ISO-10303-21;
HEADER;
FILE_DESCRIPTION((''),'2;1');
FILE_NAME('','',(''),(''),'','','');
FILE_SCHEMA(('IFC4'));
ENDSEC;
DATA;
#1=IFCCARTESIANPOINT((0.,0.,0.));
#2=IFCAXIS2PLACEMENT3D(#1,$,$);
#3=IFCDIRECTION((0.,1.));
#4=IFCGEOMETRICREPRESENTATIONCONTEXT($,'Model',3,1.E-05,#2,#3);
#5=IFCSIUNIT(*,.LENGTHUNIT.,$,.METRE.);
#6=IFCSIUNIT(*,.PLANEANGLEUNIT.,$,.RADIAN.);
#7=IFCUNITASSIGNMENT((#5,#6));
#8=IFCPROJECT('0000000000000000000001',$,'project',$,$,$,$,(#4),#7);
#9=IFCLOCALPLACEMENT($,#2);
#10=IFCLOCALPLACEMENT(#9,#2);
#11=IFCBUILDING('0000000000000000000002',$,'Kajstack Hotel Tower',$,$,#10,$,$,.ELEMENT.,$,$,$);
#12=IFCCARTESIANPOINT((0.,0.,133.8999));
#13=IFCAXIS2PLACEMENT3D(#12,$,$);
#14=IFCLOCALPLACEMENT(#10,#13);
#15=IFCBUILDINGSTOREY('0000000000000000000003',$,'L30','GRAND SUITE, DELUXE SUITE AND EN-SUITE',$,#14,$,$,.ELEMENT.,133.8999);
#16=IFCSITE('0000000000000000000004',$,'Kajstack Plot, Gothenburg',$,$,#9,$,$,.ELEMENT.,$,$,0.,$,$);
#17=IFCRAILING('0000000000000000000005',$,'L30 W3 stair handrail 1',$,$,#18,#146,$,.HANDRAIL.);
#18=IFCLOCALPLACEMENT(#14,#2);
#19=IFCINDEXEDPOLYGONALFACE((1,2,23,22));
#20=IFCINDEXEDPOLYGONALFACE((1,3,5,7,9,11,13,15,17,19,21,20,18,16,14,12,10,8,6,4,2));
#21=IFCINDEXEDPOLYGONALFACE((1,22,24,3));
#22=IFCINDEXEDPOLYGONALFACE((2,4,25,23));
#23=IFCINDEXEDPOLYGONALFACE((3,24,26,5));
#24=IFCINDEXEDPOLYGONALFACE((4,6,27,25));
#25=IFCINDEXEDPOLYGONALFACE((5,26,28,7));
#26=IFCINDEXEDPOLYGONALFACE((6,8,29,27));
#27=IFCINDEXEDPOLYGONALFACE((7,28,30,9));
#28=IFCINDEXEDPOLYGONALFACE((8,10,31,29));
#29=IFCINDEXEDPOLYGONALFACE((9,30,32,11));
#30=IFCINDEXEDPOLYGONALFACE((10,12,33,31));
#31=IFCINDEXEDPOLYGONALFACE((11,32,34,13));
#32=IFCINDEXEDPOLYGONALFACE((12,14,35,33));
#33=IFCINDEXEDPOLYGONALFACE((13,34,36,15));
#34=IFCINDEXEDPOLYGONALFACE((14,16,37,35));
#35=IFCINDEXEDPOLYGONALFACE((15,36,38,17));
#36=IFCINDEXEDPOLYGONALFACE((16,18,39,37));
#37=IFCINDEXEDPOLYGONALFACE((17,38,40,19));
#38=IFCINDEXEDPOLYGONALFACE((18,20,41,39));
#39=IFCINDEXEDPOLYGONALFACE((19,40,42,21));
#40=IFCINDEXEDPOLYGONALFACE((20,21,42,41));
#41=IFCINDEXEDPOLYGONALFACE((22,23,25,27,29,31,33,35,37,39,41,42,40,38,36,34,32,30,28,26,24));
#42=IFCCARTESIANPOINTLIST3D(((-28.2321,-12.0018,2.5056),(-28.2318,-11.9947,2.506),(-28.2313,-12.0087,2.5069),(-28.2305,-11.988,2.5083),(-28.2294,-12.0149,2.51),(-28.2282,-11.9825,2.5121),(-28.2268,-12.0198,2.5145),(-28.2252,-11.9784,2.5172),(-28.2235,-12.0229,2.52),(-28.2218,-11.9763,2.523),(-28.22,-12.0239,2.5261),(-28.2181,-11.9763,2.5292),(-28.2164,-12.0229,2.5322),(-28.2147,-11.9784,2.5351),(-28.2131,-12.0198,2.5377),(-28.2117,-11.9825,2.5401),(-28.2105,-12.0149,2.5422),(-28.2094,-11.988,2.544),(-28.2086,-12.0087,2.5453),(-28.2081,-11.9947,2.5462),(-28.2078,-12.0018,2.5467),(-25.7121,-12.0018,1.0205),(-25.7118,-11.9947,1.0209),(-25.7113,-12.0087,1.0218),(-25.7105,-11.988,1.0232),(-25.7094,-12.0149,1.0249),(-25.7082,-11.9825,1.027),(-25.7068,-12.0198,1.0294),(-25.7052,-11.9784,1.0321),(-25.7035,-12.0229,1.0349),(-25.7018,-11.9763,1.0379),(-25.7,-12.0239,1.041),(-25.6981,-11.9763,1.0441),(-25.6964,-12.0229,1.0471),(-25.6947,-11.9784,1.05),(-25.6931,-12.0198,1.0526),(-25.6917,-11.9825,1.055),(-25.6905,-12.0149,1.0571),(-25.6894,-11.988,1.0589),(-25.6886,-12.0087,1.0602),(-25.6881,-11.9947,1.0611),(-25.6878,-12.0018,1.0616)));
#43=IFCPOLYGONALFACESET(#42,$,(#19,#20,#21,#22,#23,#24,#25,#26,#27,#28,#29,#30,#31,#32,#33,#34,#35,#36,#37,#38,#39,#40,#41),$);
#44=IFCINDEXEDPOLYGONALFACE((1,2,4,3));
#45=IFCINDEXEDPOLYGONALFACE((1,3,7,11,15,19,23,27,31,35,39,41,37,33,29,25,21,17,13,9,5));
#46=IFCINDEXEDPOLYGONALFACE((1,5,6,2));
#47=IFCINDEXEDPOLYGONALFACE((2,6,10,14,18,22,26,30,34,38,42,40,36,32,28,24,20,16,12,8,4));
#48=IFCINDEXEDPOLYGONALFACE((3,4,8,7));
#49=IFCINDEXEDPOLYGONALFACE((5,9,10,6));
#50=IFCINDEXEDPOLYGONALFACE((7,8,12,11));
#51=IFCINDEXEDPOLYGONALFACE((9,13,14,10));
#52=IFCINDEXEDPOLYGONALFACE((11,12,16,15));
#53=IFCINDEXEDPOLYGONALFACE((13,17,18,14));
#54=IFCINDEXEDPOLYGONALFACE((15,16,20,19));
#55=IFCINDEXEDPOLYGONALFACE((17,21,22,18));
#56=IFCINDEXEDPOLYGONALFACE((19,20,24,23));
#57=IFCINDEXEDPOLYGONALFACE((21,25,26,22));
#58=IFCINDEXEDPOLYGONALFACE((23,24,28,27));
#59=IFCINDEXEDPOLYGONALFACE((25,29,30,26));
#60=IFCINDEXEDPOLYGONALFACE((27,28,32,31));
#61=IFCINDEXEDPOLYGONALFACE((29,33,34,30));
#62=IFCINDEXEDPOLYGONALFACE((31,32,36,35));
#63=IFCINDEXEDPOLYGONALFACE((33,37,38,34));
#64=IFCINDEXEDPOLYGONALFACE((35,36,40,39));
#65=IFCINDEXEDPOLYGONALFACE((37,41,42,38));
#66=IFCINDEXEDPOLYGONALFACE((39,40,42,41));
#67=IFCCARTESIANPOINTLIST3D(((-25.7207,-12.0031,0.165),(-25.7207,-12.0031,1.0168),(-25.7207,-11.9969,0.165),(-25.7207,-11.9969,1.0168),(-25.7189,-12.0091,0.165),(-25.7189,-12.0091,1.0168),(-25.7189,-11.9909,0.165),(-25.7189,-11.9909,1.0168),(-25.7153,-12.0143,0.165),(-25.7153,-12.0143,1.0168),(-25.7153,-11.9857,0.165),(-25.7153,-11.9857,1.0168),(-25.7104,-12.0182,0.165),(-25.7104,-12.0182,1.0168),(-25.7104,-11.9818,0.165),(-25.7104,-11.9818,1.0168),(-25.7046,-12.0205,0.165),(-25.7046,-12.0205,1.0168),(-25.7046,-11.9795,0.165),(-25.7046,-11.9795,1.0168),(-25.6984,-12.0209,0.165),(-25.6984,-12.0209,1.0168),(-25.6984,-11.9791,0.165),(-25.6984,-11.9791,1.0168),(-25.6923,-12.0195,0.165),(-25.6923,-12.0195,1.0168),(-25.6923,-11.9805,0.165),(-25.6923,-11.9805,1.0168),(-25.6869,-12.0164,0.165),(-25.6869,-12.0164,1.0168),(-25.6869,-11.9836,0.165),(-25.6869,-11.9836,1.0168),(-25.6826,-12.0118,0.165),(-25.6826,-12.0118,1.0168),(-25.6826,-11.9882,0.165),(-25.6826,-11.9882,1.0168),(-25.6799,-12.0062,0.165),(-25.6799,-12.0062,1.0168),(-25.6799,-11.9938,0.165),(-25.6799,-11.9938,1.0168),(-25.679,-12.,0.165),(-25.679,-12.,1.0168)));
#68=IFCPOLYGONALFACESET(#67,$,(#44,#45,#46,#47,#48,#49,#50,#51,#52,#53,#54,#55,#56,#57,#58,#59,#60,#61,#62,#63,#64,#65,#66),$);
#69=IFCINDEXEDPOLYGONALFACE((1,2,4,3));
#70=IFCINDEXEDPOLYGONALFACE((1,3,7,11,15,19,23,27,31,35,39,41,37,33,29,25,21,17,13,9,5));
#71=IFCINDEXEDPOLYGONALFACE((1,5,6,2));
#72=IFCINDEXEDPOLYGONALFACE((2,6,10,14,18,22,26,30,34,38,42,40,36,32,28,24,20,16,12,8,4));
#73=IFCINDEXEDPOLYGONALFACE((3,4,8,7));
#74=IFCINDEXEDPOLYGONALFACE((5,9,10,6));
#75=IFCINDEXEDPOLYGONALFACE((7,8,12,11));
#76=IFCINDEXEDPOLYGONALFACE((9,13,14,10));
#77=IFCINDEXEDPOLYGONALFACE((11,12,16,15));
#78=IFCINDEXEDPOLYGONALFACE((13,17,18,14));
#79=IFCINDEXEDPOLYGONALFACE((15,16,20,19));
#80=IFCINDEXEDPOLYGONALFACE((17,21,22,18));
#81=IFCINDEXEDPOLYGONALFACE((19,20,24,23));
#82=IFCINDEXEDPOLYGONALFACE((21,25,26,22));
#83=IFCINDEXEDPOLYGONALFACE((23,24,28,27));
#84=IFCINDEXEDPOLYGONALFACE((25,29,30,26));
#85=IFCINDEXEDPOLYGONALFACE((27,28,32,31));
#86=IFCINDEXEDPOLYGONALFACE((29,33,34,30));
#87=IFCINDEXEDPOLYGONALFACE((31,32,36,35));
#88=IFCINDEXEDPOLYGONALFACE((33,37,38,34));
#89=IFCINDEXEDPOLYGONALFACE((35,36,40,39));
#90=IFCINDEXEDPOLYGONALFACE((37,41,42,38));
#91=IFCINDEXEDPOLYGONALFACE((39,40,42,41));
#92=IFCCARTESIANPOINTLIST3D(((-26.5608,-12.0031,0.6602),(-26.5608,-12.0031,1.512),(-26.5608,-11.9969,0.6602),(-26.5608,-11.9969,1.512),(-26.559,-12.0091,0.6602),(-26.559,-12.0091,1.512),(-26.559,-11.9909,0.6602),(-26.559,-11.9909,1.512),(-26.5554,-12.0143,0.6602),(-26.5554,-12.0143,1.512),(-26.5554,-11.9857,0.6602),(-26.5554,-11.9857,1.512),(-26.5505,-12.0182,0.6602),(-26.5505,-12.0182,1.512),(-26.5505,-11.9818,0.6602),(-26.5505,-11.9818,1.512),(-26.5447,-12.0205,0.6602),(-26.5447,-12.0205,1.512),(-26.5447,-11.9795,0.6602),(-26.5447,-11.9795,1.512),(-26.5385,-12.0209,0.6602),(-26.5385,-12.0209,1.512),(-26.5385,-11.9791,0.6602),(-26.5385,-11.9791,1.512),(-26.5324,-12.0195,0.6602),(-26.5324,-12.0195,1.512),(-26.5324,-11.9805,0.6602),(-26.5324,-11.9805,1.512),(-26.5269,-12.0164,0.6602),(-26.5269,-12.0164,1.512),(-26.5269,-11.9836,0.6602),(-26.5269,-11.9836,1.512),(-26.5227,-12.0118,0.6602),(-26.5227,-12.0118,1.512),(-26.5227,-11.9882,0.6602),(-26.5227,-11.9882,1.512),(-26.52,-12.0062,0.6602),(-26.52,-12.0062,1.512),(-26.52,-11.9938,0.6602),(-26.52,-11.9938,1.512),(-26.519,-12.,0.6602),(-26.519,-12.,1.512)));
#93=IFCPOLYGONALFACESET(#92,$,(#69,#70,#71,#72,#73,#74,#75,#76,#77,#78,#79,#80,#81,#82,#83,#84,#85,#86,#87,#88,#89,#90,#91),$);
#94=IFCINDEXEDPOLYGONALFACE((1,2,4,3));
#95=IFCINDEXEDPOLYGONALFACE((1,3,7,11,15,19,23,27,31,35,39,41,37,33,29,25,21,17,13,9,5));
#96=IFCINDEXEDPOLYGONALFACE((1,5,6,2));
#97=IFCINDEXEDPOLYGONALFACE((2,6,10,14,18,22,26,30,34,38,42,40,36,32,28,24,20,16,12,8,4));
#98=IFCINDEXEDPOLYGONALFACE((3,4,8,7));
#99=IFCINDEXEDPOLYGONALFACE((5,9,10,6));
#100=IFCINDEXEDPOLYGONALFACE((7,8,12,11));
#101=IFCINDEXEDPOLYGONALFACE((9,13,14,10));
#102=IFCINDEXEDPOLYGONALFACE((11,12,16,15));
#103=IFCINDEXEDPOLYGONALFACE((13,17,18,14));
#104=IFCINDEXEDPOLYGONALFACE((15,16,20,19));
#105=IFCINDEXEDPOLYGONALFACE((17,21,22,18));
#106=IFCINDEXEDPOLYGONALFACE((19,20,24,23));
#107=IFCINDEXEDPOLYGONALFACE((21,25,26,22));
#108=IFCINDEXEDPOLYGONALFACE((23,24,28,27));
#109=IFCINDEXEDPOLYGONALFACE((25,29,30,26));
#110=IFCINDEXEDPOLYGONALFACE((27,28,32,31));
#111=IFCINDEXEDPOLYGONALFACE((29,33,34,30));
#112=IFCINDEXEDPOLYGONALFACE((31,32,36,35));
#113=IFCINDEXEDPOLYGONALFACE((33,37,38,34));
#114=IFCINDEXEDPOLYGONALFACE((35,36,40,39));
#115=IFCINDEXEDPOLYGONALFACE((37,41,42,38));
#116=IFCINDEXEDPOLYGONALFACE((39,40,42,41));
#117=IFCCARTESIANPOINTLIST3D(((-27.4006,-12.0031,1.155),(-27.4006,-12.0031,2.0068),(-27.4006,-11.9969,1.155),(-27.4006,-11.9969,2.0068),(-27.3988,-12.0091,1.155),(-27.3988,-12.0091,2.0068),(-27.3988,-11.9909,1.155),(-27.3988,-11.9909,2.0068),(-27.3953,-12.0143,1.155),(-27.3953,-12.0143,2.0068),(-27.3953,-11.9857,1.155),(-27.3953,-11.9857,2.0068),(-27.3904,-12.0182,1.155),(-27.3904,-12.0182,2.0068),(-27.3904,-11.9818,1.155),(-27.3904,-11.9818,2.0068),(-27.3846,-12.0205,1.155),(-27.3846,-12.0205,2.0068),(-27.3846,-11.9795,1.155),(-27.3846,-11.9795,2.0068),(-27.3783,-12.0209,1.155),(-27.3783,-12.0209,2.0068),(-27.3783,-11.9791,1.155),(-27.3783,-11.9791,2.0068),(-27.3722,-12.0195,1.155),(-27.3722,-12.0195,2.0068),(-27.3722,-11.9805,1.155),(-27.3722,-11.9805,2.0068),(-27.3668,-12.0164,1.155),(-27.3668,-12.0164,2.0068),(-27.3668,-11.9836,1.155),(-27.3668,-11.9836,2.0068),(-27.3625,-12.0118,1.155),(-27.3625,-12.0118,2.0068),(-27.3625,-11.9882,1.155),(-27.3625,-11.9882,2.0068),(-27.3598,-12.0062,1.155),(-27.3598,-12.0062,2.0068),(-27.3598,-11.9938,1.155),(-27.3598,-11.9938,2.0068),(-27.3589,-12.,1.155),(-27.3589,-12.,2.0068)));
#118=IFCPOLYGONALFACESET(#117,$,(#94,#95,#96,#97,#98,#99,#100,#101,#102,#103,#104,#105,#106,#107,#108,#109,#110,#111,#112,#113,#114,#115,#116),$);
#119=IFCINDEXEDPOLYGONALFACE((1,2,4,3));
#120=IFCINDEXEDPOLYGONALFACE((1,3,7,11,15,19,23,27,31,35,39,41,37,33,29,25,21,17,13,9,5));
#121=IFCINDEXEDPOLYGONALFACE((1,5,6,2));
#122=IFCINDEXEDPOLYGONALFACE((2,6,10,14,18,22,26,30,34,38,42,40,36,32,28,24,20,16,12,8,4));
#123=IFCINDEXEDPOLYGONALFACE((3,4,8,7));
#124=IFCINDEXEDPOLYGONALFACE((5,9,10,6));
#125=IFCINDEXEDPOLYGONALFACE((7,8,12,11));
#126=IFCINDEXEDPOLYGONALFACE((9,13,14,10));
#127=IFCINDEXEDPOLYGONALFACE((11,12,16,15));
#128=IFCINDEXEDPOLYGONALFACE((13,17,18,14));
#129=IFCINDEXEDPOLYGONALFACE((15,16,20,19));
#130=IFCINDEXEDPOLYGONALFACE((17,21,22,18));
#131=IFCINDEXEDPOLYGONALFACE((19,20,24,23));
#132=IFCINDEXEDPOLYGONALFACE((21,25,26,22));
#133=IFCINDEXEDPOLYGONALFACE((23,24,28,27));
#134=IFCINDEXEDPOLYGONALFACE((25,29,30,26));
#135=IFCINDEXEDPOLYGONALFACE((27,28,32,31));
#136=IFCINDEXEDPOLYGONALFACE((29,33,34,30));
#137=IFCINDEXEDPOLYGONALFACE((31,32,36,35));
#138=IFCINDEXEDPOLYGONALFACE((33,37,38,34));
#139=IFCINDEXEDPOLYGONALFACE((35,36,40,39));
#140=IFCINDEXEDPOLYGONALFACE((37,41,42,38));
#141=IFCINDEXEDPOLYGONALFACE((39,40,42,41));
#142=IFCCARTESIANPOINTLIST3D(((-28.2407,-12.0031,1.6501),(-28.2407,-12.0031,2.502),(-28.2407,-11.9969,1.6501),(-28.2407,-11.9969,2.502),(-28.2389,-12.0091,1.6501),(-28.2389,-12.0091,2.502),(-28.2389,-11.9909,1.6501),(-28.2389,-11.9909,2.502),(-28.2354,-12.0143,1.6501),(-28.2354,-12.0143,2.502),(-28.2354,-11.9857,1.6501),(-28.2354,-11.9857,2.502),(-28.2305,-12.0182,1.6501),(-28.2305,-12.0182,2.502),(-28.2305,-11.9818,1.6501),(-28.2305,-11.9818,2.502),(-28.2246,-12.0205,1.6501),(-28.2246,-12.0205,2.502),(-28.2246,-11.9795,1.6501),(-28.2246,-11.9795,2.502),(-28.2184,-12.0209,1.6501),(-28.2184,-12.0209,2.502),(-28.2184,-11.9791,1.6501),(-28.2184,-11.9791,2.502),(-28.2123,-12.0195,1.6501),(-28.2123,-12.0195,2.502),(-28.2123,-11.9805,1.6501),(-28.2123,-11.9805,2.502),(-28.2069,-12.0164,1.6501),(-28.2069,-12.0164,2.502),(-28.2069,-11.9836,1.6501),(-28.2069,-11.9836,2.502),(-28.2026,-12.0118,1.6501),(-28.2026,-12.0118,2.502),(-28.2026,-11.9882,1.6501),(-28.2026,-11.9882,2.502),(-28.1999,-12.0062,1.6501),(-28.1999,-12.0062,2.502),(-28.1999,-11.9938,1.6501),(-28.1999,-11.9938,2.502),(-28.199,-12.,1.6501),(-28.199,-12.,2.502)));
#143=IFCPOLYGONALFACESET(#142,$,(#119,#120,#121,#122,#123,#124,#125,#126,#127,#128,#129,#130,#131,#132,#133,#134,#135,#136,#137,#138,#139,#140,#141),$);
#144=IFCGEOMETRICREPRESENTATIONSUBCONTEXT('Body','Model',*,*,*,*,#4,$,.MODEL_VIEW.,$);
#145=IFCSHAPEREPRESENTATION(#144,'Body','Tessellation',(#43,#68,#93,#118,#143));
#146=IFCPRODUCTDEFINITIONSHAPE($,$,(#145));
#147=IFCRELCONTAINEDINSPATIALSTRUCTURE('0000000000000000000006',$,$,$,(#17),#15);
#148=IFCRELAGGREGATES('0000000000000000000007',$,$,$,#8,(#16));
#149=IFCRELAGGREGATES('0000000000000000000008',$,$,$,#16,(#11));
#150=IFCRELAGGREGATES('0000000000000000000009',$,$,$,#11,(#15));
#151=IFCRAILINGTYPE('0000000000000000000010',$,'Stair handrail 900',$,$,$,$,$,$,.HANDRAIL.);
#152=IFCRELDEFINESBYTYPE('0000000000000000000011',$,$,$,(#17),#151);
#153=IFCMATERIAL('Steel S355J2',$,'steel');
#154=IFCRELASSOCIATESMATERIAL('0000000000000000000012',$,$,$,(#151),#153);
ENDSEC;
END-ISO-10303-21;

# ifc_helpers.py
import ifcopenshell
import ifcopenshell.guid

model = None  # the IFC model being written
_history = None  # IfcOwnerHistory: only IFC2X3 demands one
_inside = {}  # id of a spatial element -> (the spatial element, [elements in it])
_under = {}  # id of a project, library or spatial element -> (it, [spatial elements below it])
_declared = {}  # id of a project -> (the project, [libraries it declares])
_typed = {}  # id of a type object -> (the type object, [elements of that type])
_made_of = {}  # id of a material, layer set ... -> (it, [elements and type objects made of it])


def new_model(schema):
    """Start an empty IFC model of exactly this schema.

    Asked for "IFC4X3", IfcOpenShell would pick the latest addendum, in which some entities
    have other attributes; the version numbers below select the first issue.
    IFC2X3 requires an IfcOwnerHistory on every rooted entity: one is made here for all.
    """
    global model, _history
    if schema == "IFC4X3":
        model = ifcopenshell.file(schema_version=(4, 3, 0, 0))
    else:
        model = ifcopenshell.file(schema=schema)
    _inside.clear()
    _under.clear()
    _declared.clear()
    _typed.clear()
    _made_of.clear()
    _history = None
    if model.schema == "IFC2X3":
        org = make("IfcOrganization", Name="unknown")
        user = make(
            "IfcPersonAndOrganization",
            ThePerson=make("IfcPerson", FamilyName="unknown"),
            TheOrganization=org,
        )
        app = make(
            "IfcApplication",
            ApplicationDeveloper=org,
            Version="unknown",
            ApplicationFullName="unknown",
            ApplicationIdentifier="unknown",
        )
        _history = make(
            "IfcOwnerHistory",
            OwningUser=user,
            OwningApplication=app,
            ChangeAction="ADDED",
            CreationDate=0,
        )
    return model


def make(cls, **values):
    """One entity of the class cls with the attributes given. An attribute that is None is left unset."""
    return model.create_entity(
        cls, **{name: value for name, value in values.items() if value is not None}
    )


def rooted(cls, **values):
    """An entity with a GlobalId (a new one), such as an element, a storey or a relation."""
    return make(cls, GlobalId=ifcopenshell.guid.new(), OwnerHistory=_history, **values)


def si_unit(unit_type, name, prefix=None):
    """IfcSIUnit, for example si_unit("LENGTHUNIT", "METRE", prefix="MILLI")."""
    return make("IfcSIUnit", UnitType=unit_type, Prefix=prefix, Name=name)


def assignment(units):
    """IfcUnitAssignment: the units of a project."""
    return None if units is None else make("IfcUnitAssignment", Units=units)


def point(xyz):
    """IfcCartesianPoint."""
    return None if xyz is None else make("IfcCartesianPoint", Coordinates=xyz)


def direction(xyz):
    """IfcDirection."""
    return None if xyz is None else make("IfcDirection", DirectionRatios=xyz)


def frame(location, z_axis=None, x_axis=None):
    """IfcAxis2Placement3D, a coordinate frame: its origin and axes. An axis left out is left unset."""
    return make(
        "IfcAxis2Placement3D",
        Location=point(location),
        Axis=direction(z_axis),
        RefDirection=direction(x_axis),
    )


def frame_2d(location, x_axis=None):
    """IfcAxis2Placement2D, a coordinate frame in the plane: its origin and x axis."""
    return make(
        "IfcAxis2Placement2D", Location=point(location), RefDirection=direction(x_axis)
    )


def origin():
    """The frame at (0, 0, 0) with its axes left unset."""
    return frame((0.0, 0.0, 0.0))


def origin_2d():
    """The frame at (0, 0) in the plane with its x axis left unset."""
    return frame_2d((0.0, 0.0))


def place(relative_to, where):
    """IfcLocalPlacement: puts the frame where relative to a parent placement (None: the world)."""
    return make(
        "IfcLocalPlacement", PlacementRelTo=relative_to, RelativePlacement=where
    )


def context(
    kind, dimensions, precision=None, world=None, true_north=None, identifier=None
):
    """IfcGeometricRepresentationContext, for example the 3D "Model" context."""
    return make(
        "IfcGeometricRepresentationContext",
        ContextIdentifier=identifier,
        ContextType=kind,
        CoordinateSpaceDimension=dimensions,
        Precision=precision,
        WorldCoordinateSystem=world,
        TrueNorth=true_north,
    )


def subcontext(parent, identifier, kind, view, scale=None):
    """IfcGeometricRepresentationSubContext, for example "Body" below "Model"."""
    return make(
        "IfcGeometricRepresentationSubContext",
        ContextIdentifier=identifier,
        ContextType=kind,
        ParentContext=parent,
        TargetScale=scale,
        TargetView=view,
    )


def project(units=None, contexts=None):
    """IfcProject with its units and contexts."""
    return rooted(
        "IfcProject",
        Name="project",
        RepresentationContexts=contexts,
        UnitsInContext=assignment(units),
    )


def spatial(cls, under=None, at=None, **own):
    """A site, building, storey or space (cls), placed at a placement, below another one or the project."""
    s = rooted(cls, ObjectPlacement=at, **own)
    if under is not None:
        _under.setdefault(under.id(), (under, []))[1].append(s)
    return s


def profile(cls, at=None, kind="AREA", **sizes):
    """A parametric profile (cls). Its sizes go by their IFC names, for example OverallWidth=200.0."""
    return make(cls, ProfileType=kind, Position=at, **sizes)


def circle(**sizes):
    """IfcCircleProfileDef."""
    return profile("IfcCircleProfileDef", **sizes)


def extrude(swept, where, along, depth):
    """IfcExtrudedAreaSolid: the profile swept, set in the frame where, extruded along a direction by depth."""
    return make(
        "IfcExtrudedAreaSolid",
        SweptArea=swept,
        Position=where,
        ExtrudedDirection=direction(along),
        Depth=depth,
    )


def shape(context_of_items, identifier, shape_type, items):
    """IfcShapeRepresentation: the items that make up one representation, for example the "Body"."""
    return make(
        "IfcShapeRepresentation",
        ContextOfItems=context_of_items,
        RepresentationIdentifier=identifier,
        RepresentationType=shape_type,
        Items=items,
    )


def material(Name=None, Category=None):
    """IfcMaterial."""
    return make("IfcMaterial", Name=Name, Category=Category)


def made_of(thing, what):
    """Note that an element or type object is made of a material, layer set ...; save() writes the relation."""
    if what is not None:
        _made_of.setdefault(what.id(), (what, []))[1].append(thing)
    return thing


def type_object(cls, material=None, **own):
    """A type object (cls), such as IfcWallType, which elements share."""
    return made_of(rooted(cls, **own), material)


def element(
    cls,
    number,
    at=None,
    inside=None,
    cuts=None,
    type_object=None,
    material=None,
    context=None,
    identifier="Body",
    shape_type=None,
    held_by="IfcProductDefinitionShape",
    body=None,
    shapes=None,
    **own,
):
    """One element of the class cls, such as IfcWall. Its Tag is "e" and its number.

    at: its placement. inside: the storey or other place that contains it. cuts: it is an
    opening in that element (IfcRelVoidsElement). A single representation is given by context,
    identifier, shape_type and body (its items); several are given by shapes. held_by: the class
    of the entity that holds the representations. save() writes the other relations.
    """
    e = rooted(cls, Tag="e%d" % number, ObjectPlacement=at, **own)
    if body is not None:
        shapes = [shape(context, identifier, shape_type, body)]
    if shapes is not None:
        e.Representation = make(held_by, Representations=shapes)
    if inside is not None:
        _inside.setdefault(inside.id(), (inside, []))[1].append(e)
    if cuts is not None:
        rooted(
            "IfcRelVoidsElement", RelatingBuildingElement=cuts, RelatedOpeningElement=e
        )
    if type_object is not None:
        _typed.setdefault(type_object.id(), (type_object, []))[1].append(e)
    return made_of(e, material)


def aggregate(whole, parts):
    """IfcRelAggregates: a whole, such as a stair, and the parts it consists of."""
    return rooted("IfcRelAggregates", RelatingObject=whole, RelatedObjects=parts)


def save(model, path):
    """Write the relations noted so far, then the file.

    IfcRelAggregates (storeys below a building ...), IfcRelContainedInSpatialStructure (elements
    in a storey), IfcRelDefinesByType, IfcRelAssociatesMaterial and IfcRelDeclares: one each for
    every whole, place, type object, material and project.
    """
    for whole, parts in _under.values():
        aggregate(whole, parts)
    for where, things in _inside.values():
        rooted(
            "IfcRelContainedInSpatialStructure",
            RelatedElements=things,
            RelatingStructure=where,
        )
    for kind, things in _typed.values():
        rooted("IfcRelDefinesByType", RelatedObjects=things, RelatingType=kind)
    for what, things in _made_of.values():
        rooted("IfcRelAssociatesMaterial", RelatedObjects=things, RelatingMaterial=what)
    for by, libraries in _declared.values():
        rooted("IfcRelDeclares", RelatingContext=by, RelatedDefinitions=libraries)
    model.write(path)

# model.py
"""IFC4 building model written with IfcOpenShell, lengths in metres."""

from ifc_helpers import new_model, si_unit, direction, frame, origin, origin_2d, place, context, subcontext, project, spatial, circle, extrude, material, type_object, element, save


model = new_model("IFC4")

# Units and contexts
model_context = context("Model", 3, precision=1e-05, world=origin(), true_north=direction((0.0, 1.0)))
body_context = subcontext(model_context, "Body", "Model", "MODEL_VIEW")
ifc_project = project(units=[si_unit("LENGTHUNIT", "METRE"), si_unit("PLANEANGLEUNIT", "RADIAN")], contexts=[model_context])

# Site, building, storey
site_placement = place(None, origin())
site = spatial("IfcSite", under=ifc_project, at=site_placement, Name="Kajstack Plot, Gothenburg", CompositionType="ELEMENT", RefElevation=0.0)
building_placement = place(site_placement, origin())
building = spatial("IfcBuilding", under=site, at=building_placement, Name="Kajstack Hotel Tower", CompositionType="ELEMENT")
storey_placement = place(building_placement, frame((0.0, 0.0, 133.8999)))
storey = spatial("IfcBuildingStorey", under=building, at=storey_placement, Name="L30", Description="GRAND SUITE, DELUXE SUITE AND EN-SUITE", CompositionType="ELEMENT", Elevation=133.8999)

# Railing
ifc_material_1 = material(Name="Steel S355J2", Category="steel")
railing_type_1 = type_object("IfcRailingType", Name="Stair handrail 900", PredefinedType="HANDRAIL", material=ifc_material_1)
railing_1_placement = place(storey_placement, frame((-25.7, -12.0, 0.165)))
element("IfcRailing", 1, at=railing_1_placement, inside=storey, type_object=railing_type_1, Name="L30 W3 stair handrail 1", PredefinedType="HANDRAIL", context=body_context, shape_type="SweptSolid", body=[
    extrude(circle(Radius=0.0239, at=origin_2d()), frame((0.0, 0.0, 0.876), z_axis=(-0.861524, 0.0, 0.507717), x_axis=(0.0, -1.0, 0.0)), (0.0, 0.0, 1.0), 2.925),
    extrude(circle(Radius=0.021, at=origin_2d()), origin(), (0.0, 0.0, 1.0), 0.8518),
    extrude(circle(Radius=0.021, at=origin_2d()), frame((-0.8401, 0.0, 0.4951)), (0.0, 0.0, 1.0), 0.8518),
    extrude(circle(Radius=0.021, at=origin_2d()), frame((-1.6799, 0.0, 0.99)), (0.0, 0.0, 1.0), 0.8518),
    extrude(circle(Radius=0.021, at=origin_2d()), frame((-2.52, 0.0, 1.4851)), (0.0, 0.0, 1.0), 0.8518),
])

save(model, "model.ifc")
